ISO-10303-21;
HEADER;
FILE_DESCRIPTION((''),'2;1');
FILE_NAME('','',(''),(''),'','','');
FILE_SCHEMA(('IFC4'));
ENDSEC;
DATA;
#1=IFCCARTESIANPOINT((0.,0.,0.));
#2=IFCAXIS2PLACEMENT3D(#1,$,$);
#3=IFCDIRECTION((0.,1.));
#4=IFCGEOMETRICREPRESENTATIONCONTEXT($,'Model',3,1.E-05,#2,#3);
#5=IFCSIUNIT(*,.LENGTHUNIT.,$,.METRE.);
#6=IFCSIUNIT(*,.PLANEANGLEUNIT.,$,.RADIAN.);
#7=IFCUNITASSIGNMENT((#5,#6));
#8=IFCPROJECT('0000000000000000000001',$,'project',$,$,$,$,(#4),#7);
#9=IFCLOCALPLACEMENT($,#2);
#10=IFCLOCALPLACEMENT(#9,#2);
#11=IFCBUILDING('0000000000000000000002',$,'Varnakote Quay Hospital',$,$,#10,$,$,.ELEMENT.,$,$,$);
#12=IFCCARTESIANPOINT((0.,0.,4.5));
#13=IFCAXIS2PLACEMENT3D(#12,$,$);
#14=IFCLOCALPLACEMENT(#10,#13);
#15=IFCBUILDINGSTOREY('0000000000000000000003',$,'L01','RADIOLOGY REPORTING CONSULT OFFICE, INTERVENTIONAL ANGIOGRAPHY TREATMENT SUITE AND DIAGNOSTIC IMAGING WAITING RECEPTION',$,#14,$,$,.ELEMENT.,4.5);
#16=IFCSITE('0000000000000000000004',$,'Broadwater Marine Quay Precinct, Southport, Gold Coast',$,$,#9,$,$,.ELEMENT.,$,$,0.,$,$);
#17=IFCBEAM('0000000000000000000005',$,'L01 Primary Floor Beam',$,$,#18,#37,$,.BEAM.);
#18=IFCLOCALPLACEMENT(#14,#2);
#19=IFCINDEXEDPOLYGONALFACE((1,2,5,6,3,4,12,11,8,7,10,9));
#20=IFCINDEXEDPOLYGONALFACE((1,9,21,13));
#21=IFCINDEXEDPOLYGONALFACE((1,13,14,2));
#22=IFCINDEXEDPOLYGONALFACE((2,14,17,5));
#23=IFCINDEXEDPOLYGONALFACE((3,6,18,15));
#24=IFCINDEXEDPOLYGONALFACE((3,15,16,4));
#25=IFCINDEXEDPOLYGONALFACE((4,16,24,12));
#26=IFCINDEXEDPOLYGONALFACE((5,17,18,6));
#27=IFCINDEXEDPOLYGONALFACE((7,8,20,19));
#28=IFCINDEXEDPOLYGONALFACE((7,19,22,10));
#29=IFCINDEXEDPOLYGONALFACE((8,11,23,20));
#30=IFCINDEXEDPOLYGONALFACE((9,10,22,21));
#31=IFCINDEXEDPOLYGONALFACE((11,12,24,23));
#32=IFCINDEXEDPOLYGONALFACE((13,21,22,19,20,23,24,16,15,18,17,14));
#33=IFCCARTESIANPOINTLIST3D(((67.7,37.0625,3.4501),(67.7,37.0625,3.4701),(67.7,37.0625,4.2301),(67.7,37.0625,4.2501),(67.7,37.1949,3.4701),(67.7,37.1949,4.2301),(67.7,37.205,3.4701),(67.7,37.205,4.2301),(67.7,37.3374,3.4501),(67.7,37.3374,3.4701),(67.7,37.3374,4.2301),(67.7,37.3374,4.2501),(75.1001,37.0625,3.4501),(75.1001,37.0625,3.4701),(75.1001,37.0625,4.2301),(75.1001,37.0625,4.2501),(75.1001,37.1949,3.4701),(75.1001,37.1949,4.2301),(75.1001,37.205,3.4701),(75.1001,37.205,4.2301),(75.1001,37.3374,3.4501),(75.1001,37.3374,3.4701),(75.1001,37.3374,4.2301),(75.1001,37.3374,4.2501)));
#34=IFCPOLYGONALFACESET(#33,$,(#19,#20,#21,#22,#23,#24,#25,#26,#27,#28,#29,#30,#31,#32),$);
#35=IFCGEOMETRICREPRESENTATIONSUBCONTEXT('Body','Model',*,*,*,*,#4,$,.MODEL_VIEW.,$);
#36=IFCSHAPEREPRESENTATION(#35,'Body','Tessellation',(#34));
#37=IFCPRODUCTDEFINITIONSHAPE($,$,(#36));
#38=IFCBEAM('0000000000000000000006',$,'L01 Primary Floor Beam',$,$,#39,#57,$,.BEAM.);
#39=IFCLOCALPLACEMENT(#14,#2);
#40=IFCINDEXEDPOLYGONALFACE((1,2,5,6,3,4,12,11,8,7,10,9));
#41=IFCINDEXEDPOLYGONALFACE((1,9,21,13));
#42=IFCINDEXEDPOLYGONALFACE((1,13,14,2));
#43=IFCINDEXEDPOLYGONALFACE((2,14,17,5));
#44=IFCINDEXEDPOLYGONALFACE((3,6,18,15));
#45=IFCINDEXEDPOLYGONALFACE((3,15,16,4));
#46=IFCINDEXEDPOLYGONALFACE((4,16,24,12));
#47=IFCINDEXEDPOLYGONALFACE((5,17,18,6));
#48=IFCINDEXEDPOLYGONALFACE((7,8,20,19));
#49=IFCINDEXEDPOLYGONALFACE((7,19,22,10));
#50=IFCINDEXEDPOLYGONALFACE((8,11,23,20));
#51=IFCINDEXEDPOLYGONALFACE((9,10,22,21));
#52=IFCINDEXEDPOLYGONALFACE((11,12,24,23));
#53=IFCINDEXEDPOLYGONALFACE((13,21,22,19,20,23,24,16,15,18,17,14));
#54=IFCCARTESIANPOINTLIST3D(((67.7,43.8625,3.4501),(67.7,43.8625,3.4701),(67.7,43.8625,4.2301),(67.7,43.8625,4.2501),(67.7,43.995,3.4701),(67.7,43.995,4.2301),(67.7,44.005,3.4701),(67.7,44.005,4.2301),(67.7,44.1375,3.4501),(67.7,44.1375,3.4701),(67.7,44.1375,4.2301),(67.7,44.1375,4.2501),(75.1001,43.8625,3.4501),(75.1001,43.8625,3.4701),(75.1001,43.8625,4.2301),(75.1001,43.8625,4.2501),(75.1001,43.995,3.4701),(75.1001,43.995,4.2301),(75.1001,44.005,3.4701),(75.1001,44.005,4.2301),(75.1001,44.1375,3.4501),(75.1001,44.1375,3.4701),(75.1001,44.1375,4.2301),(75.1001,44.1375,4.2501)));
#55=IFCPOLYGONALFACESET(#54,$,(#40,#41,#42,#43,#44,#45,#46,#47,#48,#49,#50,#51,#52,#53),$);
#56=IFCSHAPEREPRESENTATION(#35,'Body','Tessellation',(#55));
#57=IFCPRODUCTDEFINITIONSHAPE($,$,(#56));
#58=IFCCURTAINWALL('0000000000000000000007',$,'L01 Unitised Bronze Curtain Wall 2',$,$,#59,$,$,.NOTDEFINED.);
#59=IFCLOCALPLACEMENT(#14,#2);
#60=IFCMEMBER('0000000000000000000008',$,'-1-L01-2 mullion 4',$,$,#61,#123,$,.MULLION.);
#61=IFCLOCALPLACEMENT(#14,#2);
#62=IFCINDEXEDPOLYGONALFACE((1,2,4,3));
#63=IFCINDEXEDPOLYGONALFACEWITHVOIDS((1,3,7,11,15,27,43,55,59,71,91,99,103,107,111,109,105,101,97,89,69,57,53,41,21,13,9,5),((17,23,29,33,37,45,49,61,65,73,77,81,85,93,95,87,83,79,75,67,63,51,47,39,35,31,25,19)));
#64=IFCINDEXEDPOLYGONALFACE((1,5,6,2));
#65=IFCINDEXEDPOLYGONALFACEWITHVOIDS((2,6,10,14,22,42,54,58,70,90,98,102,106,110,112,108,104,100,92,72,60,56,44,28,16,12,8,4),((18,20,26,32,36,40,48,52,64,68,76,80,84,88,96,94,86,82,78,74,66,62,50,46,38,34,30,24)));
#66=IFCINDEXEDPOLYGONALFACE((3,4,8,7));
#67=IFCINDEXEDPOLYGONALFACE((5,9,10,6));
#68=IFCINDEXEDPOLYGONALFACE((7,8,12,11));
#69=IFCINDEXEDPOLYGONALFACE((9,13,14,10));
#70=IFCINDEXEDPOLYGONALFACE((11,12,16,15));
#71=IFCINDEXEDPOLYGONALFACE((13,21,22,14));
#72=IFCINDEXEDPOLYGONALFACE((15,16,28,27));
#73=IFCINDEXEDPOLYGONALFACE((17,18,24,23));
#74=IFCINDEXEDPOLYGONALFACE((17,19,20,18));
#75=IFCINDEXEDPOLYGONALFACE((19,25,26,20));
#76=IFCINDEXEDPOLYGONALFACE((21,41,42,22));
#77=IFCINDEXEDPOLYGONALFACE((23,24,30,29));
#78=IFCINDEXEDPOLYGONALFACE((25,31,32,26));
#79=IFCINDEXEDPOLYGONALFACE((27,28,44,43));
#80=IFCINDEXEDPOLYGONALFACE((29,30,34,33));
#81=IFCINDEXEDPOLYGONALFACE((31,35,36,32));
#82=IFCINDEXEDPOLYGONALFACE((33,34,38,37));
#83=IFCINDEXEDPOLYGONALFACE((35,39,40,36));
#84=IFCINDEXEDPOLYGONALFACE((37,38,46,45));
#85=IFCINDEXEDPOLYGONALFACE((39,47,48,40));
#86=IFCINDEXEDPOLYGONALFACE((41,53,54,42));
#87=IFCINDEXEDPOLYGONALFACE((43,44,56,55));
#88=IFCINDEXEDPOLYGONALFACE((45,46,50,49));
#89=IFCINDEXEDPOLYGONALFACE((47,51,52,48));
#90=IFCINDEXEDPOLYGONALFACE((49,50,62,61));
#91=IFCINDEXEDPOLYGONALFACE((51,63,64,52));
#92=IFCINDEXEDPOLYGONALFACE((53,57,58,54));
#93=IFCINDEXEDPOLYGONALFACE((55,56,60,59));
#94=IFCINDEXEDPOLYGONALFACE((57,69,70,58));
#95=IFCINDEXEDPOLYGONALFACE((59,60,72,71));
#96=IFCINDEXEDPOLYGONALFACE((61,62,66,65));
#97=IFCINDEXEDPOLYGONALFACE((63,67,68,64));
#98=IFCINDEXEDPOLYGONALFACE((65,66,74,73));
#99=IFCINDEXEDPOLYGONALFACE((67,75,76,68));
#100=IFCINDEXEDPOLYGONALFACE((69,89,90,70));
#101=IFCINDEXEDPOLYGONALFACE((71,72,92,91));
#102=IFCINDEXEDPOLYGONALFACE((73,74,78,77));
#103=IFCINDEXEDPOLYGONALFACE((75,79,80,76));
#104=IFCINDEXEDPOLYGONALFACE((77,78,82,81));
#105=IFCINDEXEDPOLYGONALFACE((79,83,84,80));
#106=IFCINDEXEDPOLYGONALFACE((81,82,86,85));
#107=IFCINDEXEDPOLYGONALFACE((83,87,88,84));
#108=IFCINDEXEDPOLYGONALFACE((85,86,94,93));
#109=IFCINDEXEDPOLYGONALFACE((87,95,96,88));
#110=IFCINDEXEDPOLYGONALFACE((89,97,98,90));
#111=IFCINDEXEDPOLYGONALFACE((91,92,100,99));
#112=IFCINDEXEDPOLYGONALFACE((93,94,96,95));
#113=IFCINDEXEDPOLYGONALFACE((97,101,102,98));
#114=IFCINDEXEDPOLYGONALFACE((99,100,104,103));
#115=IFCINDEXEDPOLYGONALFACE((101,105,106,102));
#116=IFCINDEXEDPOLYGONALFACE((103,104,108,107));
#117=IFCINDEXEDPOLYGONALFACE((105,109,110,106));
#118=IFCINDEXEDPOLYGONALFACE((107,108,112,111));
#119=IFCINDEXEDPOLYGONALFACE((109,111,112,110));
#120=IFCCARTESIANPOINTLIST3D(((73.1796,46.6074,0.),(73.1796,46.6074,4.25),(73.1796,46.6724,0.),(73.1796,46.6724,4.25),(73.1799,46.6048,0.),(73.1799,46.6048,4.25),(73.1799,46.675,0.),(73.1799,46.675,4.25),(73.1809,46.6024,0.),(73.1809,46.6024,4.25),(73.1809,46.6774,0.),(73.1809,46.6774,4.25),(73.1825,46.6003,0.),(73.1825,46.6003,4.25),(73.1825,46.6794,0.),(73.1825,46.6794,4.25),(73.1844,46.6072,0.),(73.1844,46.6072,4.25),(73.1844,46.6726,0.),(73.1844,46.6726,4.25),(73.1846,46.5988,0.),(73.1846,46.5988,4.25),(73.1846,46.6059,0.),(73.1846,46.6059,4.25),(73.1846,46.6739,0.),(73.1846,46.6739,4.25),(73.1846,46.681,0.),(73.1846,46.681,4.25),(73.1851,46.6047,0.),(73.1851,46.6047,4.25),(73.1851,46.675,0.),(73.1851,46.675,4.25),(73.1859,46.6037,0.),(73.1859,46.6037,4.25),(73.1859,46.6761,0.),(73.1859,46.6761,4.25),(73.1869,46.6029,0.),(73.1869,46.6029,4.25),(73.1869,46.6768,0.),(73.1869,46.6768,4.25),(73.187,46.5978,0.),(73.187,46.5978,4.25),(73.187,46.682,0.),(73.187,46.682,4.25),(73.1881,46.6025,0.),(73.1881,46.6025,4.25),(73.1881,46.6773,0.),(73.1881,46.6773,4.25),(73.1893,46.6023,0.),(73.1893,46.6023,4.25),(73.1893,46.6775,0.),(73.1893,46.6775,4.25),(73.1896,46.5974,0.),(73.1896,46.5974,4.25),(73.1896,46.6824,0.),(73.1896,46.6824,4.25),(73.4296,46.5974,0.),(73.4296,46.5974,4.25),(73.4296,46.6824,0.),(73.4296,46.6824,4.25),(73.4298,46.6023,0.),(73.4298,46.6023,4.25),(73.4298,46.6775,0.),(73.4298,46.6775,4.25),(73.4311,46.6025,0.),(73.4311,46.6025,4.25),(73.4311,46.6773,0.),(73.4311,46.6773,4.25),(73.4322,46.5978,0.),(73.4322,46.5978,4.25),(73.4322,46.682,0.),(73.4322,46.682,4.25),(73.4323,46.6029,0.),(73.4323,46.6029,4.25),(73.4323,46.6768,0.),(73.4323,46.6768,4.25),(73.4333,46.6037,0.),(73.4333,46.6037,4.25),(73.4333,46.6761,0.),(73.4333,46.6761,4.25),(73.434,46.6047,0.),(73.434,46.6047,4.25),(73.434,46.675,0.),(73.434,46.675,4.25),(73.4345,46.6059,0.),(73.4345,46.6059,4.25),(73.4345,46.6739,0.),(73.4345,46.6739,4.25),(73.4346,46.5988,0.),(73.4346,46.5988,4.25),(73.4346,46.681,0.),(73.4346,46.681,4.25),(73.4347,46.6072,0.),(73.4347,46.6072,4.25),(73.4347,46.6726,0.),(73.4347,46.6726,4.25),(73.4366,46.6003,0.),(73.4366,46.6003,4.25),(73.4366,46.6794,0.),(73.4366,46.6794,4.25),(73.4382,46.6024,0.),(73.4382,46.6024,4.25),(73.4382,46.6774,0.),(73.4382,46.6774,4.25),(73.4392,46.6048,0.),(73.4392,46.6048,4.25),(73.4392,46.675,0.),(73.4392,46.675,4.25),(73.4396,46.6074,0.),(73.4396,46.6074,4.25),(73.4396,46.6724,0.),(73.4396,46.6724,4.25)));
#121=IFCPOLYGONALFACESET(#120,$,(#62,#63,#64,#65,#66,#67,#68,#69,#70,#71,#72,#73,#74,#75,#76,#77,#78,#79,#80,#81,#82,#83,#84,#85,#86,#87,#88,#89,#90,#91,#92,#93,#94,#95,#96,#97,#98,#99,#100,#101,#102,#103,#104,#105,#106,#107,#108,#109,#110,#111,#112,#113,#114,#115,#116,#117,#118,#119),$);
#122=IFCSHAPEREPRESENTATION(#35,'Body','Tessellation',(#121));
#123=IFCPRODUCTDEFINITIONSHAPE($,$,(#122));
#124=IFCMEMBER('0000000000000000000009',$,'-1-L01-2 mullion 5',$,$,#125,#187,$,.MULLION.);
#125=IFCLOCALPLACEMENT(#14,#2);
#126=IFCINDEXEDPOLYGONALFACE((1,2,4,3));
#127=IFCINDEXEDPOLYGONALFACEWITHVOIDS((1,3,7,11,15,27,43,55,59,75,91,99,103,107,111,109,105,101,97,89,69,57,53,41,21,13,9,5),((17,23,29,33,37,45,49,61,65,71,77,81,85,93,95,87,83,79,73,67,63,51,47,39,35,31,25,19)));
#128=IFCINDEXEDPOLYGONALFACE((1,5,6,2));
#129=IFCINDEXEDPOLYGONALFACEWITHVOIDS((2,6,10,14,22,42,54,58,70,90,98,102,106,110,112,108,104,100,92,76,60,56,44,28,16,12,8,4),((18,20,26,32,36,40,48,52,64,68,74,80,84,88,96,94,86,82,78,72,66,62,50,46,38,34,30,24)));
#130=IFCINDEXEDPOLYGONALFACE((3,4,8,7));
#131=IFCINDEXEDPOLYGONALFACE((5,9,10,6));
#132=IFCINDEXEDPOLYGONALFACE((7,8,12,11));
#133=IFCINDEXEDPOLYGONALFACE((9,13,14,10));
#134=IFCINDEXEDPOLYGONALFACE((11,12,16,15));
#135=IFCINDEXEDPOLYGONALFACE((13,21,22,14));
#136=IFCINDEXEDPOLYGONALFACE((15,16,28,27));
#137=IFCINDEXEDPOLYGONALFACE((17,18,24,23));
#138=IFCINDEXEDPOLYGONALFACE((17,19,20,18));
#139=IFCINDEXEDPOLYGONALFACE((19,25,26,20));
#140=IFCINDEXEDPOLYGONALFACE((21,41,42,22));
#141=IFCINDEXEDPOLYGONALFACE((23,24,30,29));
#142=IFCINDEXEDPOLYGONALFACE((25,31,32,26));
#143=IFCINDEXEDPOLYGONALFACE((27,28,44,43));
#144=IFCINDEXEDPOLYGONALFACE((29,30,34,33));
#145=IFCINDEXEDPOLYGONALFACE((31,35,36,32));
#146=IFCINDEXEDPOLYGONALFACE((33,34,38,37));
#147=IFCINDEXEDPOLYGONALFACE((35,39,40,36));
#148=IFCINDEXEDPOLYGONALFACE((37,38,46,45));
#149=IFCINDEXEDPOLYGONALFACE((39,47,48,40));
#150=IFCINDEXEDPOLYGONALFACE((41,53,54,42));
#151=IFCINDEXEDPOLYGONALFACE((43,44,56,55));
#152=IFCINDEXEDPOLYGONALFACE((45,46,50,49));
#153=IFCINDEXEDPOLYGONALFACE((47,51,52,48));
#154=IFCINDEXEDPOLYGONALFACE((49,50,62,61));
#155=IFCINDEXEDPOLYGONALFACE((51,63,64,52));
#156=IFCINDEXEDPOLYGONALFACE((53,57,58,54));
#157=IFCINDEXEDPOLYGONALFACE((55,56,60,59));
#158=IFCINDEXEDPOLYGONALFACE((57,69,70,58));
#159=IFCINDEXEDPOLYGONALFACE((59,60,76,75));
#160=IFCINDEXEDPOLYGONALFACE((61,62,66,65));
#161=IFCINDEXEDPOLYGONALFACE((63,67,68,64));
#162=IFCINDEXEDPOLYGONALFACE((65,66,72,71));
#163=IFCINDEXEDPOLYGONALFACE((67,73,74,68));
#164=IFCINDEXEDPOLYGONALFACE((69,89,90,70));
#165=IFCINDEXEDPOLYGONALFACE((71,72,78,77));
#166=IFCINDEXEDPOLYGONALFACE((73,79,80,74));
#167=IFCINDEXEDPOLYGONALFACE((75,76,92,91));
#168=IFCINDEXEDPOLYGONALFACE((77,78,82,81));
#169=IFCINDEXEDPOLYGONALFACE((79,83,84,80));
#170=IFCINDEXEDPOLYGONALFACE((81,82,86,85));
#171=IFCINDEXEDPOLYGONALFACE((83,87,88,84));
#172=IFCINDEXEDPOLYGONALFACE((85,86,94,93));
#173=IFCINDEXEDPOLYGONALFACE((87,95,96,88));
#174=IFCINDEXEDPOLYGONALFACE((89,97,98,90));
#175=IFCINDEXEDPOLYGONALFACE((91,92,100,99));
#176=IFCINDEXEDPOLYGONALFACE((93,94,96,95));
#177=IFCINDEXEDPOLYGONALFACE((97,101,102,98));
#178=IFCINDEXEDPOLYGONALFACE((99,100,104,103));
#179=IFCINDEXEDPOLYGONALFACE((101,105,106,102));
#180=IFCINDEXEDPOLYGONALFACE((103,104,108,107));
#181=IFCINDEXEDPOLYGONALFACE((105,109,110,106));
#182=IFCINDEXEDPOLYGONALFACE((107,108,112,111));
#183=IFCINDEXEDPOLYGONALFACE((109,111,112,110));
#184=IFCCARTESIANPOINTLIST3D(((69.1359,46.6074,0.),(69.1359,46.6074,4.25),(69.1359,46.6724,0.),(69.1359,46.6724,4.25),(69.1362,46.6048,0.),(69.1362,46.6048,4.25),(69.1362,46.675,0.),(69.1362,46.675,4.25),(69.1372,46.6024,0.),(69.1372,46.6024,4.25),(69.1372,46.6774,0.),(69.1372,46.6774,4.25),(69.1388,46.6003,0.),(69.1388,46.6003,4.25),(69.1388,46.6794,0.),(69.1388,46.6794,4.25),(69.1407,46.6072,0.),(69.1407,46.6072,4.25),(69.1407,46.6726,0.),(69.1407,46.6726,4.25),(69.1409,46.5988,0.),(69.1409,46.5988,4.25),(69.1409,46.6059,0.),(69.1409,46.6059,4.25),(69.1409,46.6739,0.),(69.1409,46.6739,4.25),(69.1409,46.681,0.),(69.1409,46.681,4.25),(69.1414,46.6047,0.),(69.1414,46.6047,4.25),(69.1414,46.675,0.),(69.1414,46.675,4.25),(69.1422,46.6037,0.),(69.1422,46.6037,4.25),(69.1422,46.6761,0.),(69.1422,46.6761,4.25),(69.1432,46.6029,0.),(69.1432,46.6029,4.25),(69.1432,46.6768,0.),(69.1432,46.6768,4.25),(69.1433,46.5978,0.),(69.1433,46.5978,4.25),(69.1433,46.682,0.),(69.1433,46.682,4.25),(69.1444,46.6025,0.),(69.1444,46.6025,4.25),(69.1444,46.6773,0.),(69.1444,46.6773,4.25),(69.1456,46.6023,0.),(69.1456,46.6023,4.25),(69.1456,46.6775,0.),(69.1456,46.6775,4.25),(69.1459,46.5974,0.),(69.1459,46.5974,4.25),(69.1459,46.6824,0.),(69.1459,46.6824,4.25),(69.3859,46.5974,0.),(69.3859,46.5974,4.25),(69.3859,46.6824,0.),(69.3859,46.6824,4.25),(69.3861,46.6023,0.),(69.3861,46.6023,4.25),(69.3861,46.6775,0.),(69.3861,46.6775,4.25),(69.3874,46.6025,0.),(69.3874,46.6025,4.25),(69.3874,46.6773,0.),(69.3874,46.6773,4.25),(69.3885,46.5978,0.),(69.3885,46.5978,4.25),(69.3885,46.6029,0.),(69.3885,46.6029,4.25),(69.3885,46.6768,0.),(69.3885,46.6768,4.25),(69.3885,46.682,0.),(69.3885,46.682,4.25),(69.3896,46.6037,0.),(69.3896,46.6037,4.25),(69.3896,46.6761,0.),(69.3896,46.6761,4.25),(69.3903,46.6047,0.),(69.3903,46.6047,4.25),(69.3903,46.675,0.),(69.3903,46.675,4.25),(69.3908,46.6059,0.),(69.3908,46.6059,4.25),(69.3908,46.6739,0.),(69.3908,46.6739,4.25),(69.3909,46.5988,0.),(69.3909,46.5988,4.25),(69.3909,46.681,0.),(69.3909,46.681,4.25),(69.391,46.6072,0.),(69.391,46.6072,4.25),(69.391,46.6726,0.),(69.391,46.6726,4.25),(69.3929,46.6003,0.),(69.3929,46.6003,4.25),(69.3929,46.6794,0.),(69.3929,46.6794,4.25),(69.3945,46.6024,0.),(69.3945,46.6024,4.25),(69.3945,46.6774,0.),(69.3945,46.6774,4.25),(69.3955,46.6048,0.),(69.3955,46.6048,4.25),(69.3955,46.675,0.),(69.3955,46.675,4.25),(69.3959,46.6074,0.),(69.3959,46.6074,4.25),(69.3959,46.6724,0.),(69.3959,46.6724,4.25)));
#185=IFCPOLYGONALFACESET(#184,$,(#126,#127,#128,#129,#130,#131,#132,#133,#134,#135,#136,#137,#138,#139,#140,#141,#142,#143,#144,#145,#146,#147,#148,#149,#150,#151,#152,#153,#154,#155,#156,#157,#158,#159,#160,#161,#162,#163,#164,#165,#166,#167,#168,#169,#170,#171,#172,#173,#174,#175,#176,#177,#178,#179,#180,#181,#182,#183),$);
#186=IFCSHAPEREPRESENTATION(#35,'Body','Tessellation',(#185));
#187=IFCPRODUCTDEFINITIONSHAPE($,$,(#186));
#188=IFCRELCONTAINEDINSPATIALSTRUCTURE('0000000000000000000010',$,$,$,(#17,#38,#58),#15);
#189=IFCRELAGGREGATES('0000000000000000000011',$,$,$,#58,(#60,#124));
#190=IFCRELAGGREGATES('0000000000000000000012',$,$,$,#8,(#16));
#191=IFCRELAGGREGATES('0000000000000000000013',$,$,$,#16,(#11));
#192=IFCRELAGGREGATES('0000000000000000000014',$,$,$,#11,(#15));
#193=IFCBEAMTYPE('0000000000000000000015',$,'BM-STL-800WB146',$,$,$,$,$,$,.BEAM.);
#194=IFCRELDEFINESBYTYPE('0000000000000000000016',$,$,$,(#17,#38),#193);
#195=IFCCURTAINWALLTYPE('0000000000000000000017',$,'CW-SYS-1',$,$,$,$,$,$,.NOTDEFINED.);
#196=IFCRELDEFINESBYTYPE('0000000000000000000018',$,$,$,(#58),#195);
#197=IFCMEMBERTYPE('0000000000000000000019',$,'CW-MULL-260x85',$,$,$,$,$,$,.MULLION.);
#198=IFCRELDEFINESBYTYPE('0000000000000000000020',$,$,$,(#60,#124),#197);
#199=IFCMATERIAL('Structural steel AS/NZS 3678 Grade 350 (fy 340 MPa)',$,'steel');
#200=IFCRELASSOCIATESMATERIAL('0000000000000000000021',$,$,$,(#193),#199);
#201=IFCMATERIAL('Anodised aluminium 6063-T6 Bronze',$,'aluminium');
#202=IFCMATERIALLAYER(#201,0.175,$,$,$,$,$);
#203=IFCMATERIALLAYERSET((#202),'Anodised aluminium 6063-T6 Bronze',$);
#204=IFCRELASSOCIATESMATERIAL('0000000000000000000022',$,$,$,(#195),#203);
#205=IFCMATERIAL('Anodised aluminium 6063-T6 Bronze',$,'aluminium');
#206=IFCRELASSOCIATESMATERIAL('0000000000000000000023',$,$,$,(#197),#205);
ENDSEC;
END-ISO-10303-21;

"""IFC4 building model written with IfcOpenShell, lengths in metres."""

from ifc_helpers import new_model, si_unit, direction, frame, origin, origin_2d, place, context, subcontext, project, spatial, hollow_rectangle, i_section, extrude, material, layer, layer_set, material_profile, profile_set, type_object, element, aggregate, save


model = new_model("IFC4")

# Units and contexts
model_context = context("Model", 3, precision=1e-05, world=origin(), true_north=direction((0.0, 1.0)))
body_context = subcontext(model_context, "Body", "Model", "MODEL_VIEW")
ifc_project = project(units=[si_unit("LENGTHUNIT", "METRE"), si_unit("PLANEANGLEUNIT", "RADIAN")], contexts=[model_context])

# Site, building, storey
site_placement = place(None, origin())
site = spatial("IfcSite", under=ifc_project, at=site_placement, Name="Broadwater Marine Quay Precinct, Southport, Gold Coast", CompositionType="ELEMENT", RefElevation=0.0)
building_placement = place(site_placement, origin())
building = spatial("IfcBuilding", under=site, at=building_placement, Name="Varnakote Quay Hospital", CompositionType="ELEMENT")
storey_placement = place(building_placement, frame((0.0, 0.0, 4.5)))
storey = spatial("IfcBuildingStorey", under=building, at=storey_placement, Name="L01", Description="RADIOLOGY REPORTING CONSULT OFFICE, INTERVENTIONAL ANGIOGRAPHY TREATMENT SUITE AND DIAGNOSTIC IMAGING WAITING RECEPTION", CompositionType="ELEMENT", Elevation=4.5)

# Beams
ifc_material_1 = material(Name="Structural steel AS/NZS 3678 Grade 350 (fy 340 MPa)", Category="steel")
ifc_material_profile_1 = material_profile(ifc_material_1, i_section(OverallWidth=0.2749, OverallDepth=0.8, WebThickness=0.01, FlangeThickness=0.02, at=origin_2d()), Name="800WB146")
ifc_profile_set_1 = profile_set([ifc_material_profile_1], Name="Structural steel AS/NZS 3678 Grade 350 (fy 340 MPa)")
beam_type_1 = type_object("IfcBeamType", Name="BM-STL-800WB146", PredefinedType="BEAM", material=ifc_profile_set_1)
for number, where, z_axis, x_axis, name in (
    (1, (67.7, 37.2, 3.8501), (1.0, 0.0, 0.0), (0.0, 1.0, 0.0), "L01 Primary Floor Beam"),
    (2, (67.7, 44.0, 3.8501), (1.0, 0.0, 0.0), (0.0, 1.0, 0.0), "L01 Primary Floor Beam"),
):
    element("IfcBeam", number, at=place(storey_placement, frame(where, z_axis=z_axis, x_axis=x_axis)), inside=storey, type_object=beam_type_1, Name=name, PredefinedType="BEAM", context=body_context, shape_type="SweptSolid", body=[
        extrude(i_section(OverallWidth=0.2749, OverallDepth=0.8, WebThickness=0.01, FlangeThickness=0.02, at=origin_2d()), origin(), (0.0, 0.0, 1.0), 7.4001),
    ])

# Curtain wall, members
ifc_material_2 = material(Name="Anodised aluminium 6063-T6 Bronze", Category="aluminium")
ifc_layer_1 = layer(ifc_material_2, 0.175)
ifc_layer_set_1 = layer_set([ifc_layer_1], Name="Anodised aluminium 6063-T6 Bronze")
curtain_wall_type = type_object("IfcCurtainWallType", Name="CW-SYS-1", PredefinedType="NOTDEFINED", material=ifc_layer_set_1)
curtain_wall_placement = place(storey_placement, origin())
curtain_wall = element("IfcCurtainWall", 3, at=curtain_wall_placement, inside=storey, type_object=curtain_wall_type, Name="L01 Unitised Bronze Curtain Wall 2", PredefinedType="NOTDEFINED")
ifc_material_3 = material(Name="Anodised aluminium 6063-T6 Bronze", Category="aluminium")
ifc_material_profile_2 = material_profile(ifc_material_3, hollow_rectangle(XDim=0.085, YDim=0.26, WallThickness=0.0049, InnerFilletRadius=0.0049, OuterFilletRadius=0.01, at=origin_2d()), Name="CW-MULL-260x85")
ifc_profile_set_2 = profile_set([ifc_material_profile_2], Name="Anodised aluminium 6063-T6 Bronze")
member_type_1 = type_object("IfcMemberType", Name="CW-MULL-260x85", PredefinedType="MULLION", material=ifc_profile_set_2)
member_1_placement = place(storey_placement, frame((73.3096, 46.6399, 0.0), z_axis=(0.0, 0.0, 1.0), x_axis=(0.0, -1.0, 0.0)))
member_1 = element("IfcMember", 4, at=member_1_placement, type_object=member_type_1, Name="-1-L01-2 mullion 4", PredefinedType="MULLION", context=body_context, shape_type="SweptSolid", body=[
    extrude(hollow_rectangle(XDim=0.085, YDim=0.26, WallThickness=0.0049, InnerFilletRadius=0.0049, OuterFilletRadius=0.01, at=origin_2d()), origin(), (0.0, 0.0, 1.0), 4.25),
])
member_2_placement = place(storey_placement, frame((69.2659, 46.6399, 0.0), z_axis=(0.0, 0.0, 1.0), x_axis=(0.0, -1.0, 0.0)))
member_2 = element("IfcMember", 5, at=member_2_placement, type_object=member_type_1, Name="-1-L01-2 mullion 5", PredefinedType="MULLION", context=body_context, shape_type="SweptSolid", body=[
    extrude(hollow_rectangle(XDim=0.085, YDim=0.26, WallThickness=0.0049, InnerFilletRadius=0.0049, OuterFilletRadius=0.01, at=origin_2d()), origin(), (0.0, 0.0, 1.0), 4.25),
])

aggregate(curtain_wall, [member_1, member_2])

save(model, "model.ifc")
